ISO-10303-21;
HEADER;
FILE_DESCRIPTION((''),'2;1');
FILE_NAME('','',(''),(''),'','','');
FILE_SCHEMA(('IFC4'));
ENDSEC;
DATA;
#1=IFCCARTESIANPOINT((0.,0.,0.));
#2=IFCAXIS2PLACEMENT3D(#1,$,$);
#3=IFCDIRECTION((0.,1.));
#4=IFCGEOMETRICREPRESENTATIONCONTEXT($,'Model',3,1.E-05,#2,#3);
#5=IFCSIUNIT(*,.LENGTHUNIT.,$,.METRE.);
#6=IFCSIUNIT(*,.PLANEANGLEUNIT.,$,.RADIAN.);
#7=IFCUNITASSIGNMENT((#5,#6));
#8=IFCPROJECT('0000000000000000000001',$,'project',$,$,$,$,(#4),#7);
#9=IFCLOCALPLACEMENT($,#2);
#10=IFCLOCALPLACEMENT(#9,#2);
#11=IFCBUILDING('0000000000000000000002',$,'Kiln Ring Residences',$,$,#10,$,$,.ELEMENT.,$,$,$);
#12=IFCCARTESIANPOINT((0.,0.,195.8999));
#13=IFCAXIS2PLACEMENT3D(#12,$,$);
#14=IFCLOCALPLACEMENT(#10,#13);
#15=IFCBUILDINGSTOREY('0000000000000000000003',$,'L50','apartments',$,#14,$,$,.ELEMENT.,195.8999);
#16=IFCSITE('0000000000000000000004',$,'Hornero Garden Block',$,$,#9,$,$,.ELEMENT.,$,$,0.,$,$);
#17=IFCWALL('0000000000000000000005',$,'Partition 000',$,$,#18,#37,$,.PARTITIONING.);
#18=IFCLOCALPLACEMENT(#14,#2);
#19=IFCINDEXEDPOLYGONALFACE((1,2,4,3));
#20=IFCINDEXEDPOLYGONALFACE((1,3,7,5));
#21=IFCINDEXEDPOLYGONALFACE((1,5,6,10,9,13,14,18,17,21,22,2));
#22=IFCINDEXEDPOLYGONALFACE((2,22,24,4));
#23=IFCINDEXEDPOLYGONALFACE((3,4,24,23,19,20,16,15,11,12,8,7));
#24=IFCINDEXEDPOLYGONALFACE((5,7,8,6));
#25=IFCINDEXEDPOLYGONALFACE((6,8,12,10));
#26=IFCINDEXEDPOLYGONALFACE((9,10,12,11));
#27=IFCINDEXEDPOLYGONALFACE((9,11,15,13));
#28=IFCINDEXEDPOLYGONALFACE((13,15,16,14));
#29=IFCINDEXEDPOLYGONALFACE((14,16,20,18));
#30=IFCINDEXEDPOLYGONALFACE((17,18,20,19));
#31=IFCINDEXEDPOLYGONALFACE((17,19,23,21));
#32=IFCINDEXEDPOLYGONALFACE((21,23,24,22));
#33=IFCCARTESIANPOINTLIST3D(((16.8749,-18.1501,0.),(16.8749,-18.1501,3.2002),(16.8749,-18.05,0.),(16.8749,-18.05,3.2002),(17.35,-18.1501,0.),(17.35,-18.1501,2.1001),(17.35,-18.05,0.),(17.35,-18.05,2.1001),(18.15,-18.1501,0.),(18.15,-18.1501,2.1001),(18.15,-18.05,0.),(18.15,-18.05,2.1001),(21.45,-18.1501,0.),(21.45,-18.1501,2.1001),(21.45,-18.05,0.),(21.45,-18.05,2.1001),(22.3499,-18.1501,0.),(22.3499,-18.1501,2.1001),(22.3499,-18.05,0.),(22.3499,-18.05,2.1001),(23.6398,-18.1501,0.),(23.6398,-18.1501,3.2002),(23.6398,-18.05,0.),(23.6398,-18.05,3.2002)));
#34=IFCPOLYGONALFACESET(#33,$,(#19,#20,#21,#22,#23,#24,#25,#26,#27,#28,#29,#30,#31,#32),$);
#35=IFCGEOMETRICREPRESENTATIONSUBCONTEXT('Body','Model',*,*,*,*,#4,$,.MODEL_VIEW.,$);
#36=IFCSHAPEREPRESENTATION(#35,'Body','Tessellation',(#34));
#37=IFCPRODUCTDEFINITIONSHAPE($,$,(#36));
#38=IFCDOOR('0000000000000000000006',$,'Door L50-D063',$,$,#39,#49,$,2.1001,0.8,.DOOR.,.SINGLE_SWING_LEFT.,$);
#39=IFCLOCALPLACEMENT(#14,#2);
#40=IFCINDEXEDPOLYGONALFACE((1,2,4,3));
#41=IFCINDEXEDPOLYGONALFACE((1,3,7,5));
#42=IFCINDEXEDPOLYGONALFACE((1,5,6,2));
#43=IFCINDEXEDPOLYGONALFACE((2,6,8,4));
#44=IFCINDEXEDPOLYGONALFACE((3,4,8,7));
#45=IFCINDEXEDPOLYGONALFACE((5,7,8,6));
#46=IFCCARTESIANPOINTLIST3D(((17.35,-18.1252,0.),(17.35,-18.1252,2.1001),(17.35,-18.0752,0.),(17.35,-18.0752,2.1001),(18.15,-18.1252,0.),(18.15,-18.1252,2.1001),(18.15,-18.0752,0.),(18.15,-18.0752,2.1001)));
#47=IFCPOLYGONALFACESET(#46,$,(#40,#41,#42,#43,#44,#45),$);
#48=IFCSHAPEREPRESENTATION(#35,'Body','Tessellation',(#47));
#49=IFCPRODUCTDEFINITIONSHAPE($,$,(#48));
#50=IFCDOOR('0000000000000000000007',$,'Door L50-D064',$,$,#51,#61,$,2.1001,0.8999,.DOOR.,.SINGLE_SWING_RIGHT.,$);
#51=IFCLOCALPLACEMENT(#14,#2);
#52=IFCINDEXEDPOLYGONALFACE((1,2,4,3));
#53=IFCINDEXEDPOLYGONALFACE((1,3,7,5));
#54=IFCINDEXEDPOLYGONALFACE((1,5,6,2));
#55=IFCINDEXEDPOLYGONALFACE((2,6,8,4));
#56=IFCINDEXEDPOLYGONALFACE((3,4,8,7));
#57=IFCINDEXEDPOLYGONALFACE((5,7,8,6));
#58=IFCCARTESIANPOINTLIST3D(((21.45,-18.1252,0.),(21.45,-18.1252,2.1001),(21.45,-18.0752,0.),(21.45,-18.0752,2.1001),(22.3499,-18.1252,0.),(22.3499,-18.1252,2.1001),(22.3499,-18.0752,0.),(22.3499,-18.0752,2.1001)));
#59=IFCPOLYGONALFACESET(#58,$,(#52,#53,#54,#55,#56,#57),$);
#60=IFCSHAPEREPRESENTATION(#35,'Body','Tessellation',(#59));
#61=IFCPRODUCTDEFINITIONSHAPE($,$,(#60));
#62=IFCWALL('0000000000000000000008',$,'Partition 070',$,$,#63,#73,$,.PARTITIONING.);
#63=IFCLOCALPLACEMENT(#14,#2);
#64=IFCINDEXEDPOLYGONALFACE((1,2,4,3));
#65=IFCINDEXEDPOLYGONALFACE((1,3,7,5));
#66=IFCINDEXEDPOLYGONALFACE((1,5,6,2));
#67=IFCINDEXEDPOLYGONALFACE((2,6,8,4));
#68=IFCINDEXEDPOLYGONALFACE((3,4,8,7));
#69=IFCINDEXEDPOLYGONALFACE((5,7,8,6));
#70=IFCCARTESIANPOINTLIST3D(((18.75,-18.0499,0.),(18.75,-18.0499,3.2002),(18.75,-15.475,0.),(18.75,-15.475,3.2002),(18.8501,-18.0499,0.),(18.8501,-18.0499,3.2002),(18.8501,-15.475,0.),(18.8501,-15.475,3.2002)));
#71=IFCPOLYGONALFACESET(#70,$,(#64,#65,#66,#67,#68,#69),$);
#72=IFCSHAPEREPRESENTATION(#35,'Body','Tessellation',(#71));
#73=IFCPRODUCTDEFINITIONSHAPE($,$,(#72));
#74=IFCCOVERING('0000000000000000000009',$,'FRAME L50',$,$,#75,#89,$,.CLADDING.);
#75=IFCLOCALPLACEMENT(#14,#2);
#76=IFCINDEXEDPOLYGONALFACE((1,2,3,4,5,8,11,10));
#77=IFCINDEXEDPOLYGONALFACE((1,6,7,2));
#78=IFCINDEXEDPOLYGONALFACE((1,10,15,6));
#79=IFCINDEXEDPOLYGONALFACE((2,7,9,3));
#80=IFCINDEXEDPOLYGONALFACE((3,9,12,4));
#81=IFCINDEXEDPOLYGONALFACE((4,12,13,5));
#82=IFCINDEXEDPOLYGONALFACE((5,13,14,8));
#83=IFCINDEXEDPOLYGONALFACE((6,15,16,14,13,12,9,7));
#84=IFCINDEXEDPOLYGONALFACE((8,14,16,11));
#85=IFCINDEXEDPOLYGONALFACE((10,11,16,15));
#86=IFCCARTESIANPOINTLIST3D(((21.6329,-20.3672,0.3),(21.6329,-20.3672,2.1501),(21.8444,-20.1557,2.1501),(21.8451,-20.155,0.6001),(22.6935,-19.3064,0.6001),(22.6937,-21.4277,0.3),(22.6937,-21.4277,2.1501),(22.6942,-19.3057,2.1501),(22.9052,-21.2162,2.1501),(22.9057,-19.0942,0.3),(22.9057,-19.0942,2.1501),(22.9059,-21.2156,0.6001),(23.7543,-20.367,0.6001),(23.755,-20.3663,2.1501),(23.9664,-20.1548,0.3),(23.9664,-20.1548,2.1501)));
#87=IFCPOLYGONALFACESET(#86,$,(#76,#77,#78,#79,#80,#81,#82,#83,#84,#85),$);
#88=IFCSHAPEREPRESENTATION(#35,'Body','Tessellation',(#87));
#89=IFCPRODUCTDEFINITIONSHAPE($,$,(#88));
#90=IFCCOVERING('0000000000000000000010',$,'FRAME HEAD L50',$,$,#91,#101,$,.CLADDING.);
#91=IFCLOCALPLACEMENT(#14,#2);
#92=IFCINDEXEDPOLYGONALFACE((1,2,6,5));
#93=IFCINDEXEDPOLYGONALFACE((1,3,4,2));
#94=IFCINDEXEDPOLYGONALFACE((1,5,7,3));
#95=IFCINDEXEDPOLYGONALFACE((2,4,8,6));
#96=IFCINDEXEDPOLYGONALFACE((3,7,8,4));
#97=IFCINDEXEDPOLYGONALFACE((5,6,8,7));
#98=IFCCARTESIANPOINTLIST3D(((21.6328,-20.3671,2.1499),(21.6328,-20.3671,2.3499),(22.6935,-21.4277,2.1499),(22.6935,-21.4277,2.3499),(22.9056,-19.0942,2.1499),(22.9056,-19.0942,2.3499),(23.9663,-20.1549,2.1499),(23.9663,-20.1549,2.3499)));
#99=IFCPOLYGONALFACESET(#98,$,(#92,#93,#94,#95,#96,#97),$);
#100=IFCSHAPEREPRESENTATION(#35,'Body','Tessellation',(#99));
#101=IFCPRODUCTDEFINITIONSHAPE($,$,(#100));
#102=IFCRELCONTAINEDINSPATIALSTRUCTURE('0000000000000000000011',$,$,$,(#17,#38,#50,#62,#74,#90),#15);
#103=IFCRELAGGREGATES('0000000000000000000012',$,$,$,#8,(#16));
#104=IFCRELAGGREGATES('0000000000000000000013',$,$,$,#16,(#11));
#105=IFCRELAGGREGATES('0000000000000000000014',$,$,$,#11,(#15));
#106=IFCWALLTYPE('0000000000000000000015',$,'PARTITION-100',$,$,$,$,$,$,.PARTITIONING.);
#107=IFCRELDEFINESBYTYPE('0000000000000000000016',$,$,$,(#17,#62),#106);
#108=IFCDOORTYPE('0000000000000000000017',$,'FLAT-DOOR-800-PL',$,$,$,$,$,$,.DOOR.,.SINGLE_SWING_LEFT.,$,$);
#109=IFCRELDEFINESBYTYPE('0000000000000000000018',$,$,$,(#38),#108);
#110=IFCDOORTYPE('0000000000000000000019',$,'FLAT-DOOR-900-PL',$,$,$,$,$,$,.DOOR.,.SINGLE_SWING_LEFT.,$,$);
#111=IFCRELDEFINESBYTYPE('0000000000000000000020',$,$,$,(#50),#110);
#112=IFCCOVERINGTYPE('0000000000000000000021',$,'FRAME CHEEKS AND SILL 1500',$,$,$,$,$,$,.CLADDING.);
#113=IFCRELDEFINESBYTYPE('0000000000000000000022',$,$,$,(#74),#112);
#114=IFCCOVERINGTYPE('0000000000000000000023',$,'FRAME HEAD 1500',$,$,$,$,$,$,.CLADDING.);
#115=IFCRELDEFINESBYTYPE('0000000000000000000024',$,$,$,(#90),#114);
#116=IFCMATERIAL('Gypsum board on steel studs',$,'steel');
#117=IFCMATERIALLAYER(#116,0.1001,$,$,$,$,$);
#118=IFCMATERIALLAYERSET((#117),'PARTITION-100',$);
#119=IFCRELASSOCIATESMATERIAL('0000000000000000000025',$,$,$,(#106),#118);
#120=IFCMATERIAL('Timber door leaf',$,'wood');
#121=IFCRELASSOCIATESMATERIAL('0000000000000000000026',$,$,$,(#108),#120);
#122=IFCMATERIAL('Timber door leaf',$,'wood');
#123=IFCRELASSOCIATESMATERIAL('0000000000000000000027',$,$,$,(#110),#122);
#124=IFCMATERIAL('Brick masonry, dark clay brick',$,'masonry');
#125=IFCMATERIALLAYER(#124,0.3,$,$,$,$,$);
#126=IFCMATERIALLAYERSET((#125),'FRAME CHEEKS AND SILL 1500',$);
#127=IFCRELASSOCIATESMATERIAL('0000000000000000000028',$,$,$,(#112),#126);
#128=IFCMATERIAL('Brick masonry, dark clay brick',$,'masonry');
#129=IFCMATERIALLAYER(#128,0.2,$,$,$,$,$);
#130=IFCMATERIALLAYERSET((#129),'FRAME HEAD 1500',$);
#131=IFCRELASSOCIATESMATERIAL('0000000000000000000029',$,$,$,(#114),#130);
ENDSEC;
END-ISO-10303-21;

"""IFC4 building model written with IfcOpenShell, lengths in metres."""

from ifc_helpers import new_model, si_unit, direction, frame, frame_2d, origin, origin_2d, place, context, subcontext, project, spatial, polyline, rectangle, outline, extrude, material, layer, layer_set, type_object, element, fill, save


model = new_model("IFC4")

# Units and contexts
model_context = context("Model", 3, precision=1e-05, world=origin(), true_north=direction((0.0, 1.0)))
body_context = subcontext(model_context, "Body", "Model", "MODEL_VIEW")
ifc_project = project(units=[si_unit("LENGTHUNIT", "METRE"), si_unit("PLANEANGLEUNIT", "RADIAN")], contexts=[model_context])

# Site, building, storey
site_placement = place(None, origin())
site = spatial("IfcSite", under=ifc_project, at=site_placement, Name="Hornero Garden Block", CompositionType="ELEMENT", RefElevation=0.0)
building_placement = place(site_placement, origin())
building = spatial("IfcBuilding", under=site, at=building_placement, Name="Kiln Ring Residences", CompositionType="ELEMENT")
storey_placement = place(building_placement, frame((0.0, 0.0, 195.8999)))
storey = spatial("IfcBuildingStorey", under=building, at=storey_placement, Name="L50", Description="apartments", CompositionType="ELEMENT", Elevation=195.8999)

# Wall, openings, doors
ifc_material_1 = material(Name="Gypsum board on steel studs", Category="steel")
ifc_layer_1 = layer(ifc_material_1, 0.1001)
ifc_layer_set_1 = layer_set([ifc_layer_1], Name="PARTITION-100")
wall_type_1 = type_object("IfcWallType", Name="PARTITION-100", PredefinedType="PARTITIONING", material=ifc_layer_set_1)
wall_1_placement = place(storey_placement, frame((16.875, -18.1001, 0.0), z_axis=(0.0, 0.0, 1.0), x_axis=(1.0, 0.0, 0.0)))
wall_1 = element("IfcWall", 1, at=wall_1_placement, inside=storey, type_object=wall_type_1, Name="Partition 000", PredefinedType="PARTITIONING", context=body_context, shape_type="SweptSolid", body=[
    extrude(rectangle(XDim=6.7649, YDim=0.1001, at=frame_2d((3.3823, 0.0))), origin(), (0.0, 0.0, 1.0), 3.2002),
])
opening_1_placement = place(wall_1_placement, frame((0.4751, 0.0, 0.0)))
opening_1 = element("IfcOpeningElement", 2, at=opening_1_placement, cuts=wall_1, PredefinedType="OPENING", context=body_context, shape_type="SweptSolid", body=[
    extrude(rectangle(XDim=0.8, YDim=2.1001, at=frame_2d((0.3999, 1.05))), frame((0.0, 0.0601, 0.0), z_axis=(0.0, -1.0, 0.0), x_axis=(1.0, 0.0, 0.0)), (0.0, 0.0, 1.0), 0.1201),
])
opening_2_placement = place(wall_1_placement, frame((4.575, 0.0, 0.0)))
opening_2 = element("IfcOpeningElement", 3, at=opening_2_placement, cuts=wall_1, PredefinedType="OPENING", context=body_context, shape_type="SweptSolid", body=[
    extrude(rectangle(XDim=0.8999, YDim=2.1001, at=frame_2d((0.45, 1.05))), frame((0.0, 0.0601, 0.0), z_axis=(0.0, -1.0, 0.0), x_axis=(1.0, 0.0, 0.0)), (0.0, 0.0, 1.0), 0.1201),
])
ifc_material_2 = material(Name="Timber door leaf", Category="wood")
door_type_1 = type_object("IfcDoorType", Name="FLAT-DOOR-800-PL", OperationType="SINGLE_SWING_LEFT", PredefinedType="DOOR", material=ifc_material_2)
door_1_placement = place(opening_1_placement, origin())
door_1 = element("IfcDoor", 4, at=door_1_placement, inside=storey, type_object=door_type_1, Name="Door L50-D063", OperationType="SINGLE_SWING_LEFT", OverallHeight=2.1001, OverallWidth=0.8, PredefinedType="DOOR", context=body_context, shape_type="SweptSolid", body=[
    extrude(rectangle(XDim=0.8, YDim=2.1001, at=frame_2d((0.3999, 1.05))), frame((0.0, 0.0249, 0.0), z_axis=(0.0, -1.0, 0.0), x_axis=(1.0, 0.0, 0.0)), (0.0, 0.0, 1.0), 0.05),
])
fill(opening_1, door_1)
ifc_material_3 = material(Name="Timber door leaf", Category="wood")
door_type_2 = type_object("IfcDoorType", Name="FLAT-DOOR-900-PL", OperationType="SINGLE_SWING_LEFT", PredefinedType="DOOR", material=ifc_material_3)
door_2_placement = place(opening_2_placement, origin())
door_2 = element("IfcDoor", 5, at=door_2_placement, inside=storey, type_object=door_type_2, Name="Door L50-D064", OperationType="SINGLE_SWING_RIGHT", OverallHeight=2.1001, OverallWidth=0.8999, PredefinedType="DOOR", context=body_context, shape_type="SweptSolid", body=[
    extrude(rectangle(XDim=0.8999, YDim=2.1001, at=frame_2d((0.45, 1.05))), frame((0.0, 0.0249, 0.0), z_axis=(0.0, -1.0, 0.0), x_axis=(1.0, 0.0, 0.0)), (0.0, 0.0, 1.0), 0.05),
])
fill(opening_2, door_2)

# Wall
wall_2_placement = place(storey_placement, frame((18.8, -18.05, 0.0), z_axis=(0.0, 0.0, 1.0), x_axis=(0.0, 1.0, 0.0)))
element("IfcWall", 6, at=wall_2_placement, inside=storey, type_object=wall_type_1, Name="Partition 070", PredefinedType="PARTITIONING", context=body_context, shape_type="SweptSolid", body=[
    extrude(rectangle(XDim=2.575, YDim=0.1001, at=frame_2d((1.2876, 0.0))), origin(), (0.0, 0.0, 1.0), 3.2002),
])

# Coverings
ifc_material_4 = material(Name="Brick masonry, dark clay brick", Category="masonry")
ifc_layer_2 = layer(ifc_material_4, 0.3)
ifc_layer_set_2 = layer_set([ifc_layer_2], Name="FRAME CHEEKS AND SILL 1500")
covering_type_1 = type_object("IfcCoveringType", Name="FRAME CHEEKS AND SILL 1500", PredefinedType="CLADDING", material=ifc_layer_set_2)
covering_1_placement = place(storey_placement, frame((22.1633, -20.8975, 0.3), z_axis=(0.0, 0.0, 1.0), x_axis=(0.707039, 0.707175, 0.0)))
element("IfcCovering", 7, at=covering_1_placement, inside=storey, type_object=covering_type_1, Name="FRAME L50", PredefinedType="CLADDING", context=body_context, shape_type="SweptSolid", body=[
    extrude(outline(polyline([(0.0, 0.0), (1.8, 0.0), (1.8, 1.8501), (1.501, 1.8501), (1.5, 0.3), (0.3, 0.3), (0.2991, 1.8501), (0.0, 1.8501), (0.0, 0.0)])), frame((0.0, 0.75, 0.0), z_axis=(0.0, -1.0, 0.0), x_axis=(1.0, 0.0, 0.0)), (0.0, 0.0, 1.0), 1.5),
])
ifc_material_5 = material(Name="Brick masonry, dark clay brick", Category="masonry")
ifc_layer_3 = layer(ifc_material_5, 0.2)
ifc_layer_set_3 = layer_set([ifc_layer_3], Name="FRAME HEAD 1500")
covering_type_2 = type_object("IfcCoveringType", Name="FRAME HEAD 1500", PredefinedType="CLADDING", material=ifc_layer_set_3)
covering_2_placement = place(storey_placement, frame((22.7996, -20.261, 2.1499), z_axis=(0.0, 0.0, 1.0), x_axis=(0.707107, 0.707107, 0.0)))
element("IfcCovering", 8, at=covering_2_placement, inside=storey, type_object=covering_type_2, Name="FRAME HEAD L50", PredefinedType="CLADDING", context=body_context, shape_type="SweptSolid", body=[
    extrude(rectangle(XDim=1.8, YDim=1.5, at=origin_2d()), origin(), (0.0, 0.0, 1.0), 0.2),
])

save(model, "model.ifc")
